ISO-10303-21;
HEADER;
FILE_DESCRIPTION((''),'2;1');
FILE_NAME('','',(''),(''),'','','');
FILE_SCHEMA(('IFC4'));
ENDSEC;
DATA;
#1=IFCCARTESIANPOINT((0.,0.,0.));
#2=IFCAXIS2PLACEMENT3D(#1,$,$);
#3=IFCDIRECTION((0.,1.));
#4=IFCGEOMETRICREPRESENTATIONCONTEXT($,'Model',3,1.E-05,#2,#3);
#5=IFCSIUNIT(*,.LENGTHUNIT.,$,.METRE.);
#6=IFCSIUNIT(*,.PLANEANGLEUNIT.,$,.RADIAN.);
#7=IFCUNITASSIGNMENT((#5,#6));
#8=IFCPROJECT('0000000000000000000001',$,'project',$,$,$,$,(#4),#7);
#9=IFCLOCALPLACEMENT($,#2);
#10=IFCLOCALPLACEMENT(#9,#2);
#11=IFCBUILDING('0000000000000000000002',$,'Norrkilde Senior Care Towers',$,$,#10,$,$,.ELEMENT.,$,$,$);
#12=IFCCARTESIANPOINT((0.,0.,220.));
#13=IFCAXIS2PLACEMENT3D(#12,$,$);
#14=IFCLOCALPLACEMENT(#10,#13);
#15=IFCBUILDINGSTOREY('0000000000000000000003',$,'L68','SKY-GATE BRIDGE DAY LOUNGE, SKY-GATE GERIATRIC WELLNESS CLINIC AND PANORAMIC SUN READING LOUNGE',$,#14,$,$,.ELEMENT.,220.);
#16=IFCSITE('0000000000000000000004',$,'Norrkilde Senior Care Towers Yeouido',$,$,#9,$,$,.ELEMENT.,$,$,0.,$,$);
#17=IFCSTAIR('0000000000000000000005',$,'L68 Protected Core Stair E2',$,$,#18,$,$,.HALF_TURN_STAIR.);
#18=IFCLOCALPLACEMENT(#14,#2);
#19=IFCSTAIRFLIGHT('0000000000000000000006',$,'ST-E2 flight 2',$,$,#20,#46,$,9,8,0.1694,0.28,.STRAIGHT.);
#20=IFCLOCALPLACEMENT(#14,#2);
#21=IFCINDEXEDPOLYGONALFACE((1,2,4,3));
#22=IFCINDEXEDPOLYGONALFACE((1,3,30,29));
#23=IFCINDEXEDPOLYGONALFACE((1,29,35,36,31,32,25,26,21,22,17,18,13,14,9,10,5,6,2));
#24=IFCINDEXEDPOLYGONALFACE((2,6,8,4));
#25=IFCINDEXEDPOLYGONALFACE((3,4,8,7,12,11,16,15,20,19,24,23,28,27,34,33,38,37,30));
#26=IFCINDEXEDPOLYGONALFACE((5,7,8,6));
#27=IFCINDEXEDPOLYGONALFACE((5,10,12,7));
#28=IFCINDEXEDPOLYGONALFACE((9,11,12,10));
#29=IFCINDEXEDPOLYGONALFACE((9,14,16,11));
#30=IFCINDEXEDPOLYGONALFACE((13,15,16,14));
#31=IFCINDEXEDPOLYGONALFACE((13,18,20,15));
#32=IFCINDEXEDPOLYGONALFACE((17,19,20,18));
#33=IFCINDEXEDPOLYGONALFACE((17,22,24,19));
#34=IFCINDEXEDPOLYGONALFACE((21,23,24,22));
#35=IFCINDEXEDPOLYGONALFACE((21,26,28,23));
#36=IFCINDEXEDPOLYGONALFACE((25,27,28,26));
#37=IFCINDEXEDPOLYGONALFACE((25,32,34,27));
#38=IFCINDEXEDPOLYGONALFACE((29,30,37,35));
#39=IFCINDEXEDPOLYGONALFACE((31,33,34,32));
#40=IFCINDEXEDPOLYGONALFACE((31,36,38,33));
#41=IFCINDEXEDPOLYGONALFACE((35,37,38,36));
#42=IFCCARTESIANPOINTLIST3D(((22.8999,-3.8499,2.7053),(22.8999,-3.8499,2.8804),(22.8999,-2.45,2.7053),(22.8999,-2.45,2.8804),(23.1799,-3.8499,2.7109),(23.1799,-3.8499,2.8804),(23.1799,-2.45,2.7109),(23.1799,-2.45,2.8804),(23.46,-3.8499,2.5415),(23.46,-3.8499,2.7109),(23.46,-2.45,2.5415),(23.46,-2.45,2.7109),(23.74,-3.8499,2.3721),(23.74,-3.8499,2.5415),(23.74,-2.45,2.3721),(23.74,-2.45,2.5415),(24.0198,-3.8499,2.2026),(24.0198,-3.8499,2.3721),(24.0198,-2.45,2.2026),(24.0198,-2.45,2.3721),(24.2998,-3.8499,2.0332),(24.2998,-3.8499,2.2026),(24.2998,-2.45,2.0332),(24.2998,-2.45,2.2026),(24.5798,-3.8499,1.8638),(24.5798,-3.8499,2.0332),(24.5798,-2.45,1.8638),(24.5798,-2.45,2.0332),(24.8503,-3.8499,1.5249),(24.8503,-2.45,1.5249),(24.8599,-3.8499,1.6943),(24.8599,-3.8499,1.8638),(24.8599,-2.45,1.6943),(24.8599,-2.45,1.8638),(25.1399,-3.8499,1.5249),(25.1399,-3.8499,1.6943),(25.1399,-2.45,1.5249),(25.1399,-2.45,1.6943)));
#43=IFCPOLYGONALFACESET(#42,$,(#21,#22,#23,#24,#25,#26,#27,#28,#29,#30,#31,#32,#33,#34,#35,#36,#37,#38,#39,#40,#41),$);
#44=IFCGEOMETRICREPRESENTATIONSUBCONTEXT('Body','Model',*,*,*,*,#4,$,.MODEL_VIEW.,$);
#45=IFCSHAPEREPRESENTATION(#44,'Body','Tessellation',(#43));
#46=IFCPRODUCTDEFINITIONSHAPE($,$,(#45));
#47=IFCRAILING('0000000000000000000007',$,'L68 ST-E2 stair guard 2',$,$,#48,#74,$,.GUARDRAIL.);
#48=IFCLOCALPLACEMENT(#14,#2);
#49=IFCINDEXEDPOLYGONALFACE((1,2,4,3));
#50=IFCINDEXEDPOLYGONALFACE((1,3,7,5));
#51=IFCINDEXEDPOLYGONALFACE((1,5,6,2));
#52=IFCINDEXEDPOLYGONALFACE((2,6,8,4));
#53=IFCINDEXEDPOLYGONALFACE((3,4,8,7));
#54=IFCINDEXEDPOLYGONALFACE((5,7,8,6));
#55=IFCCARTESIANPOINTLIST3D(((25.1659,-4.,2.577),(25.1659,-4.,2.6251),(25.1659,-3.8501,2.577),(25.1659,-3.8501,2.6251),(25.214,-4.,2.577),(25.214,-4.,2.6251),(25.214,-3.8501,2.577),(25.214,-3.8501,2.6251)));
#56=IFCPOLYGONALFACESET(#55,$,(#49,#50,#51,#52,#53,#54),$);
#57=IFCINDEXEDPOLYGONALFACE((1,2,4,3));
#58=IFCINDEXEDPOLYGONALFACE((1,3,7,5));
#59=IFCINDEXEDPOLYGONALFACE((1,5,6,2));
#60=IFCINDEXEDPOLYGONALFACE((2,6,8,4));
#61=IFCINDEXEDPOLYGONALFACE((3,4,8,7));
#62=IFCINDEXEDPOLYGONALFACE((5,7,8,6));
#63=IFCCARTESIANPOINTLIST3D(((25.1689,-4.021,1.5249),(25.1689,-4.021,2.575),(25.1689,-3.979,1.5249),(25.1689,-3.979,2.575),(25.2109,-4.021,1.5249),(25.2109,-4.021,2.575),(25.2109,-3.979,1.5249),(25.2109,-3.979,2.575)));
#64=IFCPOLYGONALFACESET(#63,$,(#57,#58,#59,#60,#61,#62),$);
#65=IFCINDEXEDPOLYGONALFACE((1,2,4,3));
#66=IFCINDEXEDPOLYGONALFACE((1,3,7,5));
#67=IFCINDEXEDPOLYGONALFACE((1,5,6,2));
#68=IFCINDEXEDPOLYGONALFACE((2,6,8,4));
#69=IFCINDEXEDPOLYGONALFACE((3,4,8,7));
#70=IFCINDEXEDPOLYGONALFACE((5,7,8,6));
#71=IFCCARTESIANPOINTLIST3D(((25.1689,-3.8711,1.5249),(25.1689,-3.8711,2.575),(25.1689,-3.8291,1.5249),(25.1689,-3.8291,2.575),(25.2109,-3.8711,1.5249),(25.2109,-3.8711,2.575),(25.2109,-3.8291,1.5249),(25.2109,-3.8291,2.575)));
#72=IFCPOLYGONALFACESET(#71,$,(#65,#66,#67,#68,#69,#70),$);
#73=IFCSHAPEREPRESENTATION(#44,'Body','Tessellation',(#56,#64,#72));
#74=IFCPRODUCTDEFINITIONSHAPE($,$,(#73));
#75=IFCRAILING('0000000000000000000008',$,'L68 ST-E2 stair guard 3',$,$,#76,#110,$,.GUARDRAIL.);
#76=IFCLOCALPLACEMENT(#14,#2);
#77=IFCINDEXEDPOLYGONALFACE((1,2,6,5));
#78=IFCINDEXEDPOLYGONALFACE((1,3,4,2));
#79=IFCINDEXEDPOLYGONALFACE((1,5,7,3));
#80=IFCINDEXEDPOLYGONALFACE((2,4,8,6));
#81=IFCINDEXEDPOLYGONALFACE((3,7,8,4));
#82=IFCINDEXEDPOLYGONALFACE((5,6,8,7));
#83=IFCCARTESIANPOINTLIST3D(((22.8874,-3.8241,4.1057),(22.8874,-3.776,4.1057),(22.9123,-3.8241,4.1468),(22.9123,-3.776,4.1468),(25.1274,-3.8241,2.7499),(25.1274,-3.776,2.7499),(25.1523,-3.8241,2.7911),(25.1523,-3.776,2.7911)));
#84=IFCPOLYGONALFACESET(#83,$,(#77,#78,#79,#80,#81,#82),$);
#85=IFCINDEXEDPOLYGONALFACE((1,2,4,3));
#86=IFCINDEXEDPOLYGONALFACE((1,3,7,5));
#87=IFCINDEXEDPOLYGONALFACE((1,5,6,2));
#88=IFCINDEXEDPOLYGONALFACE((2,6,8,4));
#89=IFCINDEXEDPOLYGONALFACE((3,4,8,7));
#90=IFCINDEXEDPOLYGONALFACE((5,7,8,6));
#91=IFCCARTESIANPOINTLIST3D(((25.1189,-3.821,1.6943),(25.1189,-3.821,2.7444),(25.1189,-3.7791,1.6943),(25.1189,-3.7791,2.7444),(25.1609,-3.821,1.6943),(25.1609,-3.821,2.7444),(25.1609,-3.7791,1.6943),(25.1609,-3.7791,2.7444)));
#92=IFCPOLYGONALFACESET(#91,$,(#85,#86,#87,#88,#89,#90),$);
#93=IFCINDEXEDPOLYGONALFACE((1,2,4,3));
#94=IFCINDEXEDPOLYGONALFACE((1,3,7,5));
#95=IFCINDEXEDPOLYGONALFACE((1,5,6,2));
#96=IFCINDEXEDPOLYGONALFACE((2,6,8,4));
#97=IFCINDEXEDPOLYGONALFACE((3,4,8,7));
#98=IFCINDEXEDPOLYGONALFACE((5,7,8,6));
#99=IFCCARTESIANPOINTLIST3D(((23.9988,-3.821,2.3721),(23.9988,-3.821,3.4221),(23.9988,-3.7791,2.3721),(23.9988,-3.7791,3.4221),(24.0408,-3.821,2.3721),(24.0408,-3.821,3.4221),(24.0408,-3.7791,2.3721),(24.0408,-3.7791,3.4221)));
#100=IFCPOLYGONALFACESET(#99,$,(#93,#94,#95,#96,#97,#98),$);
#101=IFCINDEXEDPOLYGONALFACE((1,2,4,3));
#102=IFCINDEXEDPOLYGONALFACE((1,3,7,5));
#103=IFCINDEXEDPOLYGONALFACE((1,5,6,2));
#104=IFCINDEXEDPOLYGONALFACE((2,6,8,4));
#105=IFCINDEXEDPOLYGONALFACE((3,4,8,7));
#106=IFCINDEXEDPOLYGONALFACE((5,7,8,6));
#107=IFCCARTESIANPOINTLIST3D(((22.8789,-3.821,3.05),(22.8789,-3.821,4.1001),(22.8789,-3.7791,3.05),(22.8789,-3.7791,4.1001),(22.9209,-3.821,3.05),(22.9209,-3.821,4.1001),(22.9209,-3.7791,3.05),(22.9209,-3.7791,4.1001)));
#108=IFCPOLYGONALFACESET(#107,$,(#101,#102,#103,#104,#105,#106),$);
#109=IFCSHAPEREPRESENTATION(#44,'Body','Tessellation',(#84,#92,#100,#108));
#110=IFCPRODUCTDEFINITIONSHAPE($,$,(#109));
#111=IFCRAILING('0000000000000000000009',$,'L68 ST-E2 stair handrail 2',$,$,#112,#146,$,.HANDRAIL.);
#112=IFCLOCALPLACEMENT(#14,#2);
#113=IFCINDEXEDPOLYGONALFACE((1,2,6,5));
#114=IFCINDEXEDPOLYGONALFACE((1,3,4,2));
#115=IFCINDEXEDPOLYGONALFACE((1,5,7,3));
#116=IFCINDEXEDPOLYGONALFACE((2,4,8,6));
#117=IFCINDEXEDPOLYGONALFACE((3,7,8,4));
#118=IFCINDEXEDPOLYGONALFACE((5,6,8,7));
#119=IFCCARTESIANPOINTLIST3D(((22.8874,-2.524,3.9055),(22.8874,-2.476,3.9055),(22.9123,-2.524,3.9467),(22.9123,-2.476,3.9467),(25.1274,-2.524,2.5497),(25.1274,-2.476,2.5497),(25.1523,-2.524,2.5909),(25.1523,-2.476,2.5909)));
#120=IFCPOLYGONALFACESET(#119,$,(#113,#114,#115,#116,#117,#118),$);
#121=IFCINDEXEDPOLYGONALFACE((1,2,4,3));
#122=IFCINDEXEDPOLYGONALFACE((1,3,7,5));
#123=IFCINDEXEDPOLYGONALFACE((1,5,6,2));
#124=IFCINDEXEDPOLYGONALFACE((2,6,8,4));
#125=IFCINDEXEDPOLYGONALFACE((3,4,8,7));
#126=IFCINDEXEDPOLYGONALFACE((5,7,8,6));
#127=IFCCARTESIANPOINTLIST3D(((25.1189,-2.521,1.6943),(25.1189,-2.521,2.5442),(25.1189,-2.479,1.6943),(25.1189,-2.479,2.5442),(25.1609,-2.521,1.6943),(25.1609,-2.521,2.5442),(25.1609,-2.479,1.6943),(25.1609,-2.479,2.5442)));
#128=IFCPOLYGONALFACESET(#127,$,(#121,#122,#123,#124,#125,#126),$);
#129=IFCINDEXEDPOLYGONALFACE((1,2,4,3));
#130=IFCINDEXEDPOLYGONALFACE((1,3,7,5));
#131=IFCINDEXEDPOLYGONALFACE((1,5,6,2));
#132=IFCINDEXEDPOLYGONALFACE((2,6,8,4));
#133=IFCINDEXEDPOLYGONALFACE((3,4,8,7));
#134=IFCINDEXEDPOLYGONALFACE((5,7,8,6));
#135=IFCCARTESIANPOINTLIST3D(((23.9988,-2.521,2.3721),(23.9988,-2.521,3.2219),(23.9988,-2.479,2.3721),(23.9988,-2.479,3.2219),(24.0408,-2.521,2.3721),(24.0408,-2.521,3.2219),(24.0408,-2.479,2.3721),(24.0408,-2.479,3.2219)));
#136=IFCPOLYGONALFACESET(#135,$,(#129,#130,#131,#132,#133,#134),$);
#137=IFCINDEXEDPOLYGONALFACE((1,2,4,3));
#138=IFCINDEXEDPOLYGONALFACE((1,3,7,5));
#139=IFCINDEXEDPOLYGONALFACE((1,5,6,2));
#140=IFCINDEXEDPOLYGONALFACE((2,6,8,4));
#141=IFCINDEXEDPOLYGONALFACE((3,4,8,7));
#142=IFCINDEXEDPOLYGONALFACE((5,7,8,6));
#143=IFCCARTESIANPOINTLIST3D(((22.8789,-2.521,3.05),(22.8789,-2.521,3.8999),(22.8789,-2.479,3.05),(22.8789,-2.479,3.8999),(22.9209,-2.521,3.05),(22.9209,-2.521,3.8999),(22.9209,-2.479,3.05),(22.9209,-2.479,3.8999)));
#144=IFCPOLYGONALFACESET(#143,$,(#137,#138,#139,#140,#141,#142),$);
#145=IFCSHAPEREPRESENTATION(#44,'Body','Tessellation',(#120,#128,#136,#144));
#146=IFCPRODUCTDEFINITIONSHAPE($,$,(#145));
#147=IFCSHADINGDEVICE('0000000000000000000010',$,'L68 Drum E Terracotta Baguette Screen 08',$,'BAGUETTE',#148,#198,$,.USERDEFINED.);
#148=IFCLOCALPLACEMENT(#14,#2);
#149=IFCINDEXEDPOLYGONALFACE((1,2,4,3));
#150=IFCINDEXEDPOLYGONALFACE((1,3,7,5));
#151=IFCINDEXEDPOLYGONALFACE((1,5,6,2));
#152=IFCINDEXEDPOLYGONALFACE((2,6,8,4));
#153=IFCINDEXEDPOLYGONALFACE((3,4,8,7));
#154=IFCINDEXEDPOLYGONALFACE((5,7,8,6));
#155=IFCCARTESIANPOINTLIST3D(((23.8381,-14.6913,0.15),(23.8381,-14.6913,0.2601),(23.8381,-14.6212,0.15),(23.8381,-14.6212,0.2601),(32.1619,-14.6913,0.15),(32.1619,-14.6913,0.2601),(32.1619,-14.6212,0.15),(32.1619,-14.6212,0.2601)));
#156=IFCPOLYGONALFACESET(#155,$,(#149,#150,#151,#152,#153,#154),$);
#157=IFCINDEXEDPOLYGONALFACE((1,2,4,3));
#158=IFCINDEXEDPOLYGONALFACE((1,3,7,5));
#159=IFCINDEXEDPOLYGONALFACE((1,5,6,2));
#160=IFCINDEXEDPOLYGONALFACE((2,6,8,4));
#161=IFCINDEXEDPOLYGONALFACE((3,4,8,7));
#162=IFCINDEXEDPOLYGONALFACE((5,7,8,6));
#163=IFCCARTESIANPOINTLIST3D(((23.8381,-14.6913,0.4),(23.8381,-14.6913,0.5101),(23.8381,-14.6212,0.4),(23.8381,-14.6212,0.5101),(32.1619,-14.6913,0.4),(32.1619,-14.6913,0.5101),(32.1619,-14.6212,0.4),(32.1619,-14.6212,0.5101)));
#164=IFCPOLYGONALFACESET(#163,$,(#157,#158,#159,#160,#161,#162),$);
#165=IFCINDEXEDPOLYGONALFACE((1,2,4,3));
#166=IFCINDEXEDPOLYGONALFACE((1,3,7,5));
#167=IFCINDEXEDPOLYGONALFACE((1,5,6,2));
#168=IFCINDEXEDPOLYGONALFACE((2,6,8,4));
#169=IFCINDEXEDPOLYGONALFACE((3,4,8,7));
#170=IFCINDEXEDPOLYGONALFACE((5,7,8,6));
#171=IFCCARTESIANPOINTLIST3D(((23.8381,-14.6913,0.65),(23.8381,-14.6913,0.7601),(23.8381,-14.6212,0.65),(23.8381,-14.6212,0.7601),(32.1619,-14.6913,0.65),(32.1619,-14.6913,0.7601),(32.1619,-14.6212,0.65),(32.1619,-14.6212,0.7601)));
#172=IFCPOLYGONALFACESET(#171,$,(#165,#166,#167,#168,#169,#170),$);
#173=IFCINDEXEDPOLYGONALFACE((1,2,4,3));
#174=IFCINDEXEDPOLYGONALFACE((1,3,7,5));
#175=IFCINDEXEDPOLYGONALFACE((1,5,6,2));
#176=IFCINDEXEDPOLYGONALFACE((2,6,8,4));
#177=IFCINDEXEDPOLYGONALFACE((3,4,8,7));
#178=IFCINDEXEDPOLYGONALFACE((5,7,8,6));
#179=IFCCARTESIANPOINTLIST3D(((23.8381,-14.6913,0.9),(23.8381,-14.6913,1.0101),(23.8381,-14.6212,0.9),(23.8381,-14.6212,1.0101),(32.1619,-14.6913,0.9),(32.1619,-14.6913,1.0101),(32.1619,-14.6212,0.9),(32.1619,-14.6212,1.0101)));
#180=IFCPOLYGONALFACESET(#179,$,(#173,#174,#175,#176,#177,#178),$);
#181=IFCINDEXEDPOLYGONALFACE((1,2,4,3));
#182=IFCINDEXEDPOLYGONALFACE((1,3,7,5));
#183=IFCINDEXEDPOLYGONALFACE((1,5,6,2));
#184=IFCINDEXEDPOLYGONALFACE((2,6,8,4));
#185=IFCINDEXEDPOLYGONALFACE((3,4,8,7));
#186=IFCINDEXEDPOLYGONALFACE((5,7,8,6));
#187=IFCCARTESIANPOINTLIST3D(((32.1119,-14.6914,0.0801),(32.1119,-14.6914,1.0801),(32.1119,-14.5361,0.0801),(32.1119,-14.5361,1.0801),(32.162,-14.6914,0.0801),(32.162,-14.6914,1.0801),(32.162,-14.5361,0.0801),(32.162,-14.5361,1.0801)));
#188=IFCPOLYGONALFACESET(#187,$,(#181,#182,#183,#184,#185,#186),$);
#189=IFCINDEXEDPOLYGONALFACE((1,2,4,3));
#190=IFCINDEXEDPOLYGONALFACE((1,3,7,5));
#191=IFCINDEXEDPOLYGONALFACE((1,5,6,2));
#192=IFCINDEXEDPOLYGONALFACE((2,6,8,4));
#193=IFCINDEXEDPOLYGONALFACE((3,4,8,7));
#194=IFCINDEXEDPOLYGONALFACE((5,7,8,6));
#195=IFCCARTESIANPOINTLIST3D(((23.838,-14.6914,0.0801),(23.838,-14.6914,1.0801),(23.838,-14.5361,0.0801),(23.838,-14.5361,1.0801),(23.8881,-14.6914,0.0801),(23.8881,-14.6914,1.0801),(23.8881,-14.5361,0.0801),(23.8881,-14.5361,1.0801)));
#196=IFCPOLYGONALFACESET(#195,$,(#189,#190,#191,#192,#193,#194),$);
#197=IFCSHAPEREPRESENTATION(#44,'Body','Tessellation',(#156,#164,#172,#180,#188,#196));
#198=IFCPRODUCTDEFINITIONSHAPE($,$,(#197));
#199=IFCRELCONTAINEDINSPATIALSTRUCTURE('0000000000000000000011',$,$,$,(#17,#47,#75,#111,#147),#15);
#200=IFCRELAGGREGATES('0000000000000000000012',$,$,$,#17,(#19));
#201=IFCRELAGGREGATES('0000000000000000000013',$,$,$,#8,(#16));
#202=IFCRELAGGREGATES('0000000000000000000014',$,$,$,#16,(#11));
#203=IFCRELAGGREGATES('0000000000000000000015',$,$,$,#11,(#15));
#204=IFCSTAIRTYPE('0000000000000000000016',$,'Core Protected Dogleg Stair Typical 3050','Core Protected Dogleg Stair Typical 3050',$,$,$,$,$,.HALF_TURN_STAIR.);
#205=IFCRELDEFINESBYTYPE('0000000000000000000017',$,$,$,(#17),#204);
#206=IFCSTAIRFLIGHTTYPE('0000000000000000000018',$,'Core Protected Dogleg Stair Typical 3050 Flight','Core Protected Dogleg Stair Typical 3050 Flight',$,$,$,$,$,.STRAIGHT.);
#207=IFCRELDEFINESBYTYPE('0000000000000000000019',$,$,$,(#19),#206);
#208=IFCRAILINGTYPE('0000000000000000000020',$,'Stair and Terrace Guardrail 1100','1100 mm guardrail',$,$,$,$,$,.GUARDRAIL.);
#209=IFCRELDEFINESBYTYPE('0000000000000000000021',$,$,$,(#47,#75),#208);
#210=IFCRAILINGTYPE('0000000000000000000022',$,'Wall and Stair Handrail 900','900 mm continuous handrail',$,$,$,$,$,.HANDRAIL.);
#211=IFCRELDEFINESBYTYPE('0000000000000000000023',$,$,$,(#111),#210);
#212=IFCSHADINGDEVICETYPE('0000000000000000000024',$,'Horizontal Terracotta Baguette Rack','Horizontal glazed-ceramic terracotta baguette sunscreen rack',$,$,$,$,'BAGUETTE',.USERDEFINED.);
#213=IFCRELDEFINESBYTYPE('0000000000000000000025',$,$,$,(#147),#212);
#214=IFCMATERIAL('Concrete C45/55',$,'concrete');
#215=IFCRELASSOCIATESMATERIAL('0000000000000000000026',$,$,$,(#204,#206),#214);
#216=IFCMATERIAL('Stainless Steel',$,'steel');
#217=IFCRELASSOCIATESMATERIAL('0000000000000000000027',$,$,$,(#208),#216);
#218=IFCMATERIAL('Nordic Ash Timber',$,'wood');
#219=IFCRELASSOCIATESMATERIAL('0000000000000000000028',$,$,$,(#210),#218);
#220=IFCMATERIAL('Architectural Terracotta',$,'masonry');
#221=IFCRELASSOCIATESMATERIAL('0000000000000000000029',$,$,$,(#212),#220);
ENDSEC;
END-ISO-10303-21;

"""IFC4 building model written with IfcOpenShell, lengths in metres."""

from ifc_helpers import new_model, si_unit, direction, frame, origin, origin_2d, place, context, subcontext, project, spatial, polyline, rectangle, outline, extrude, source, transform, mapped, material, type_object, type_shapes, element, aggregate, save


model = new_model("IFC4")

# Units and contexts
model_context = context("Model", 3, precision=1e-05, world=origin(), true_north=direction((0.0, 1.0)))
body_context = subcontext(model_context, "Body", "Model", "MODEL_VIEW")
ifc_project = project(units=[si_unit("LENGTHUNIT", "METRE"), si_unit("PLANEANGLEUNIT", "RADIAN")], contexts=[model_context])

# Site, building, storey
site_placement = place(None, origin())
site = spatial("IfcSite", under=ifc_project, at=site_placement, Name="Norrkilde Senior Care Towers Yeouido", CompositionType="ELEMENT", RefElevation=0.0)
building_placement = place(site_placement, origin())
building = spatial("IfcBuilding", under=site, at=building_placement, Name="Norrkilde Senior Care Towers", CompositionType="ELEMENT")
storey_placement = place(building_placement, frame((0.0, 0.0, 220.0)))
storey = spatial("IfcBuildingStorey", under=building, at=storey_placement, Name="L68", Description="SKY-GATE BRIDGE DAY LOUNGE, SKY-GATE GERIATRIC WELLNESS CLINIC AND PANORAMIC SUN READING LOUNGE", CompositionType="ELEMENT", Elevation=220.0)

# Shared definitions
ifc_material_1 = material(Name="Concrete C45/55", Category="concrete")

# Shared definitions
ifc_material_2 = material(Name="Stainless Steel", Category="steel")

# Shared definitions
ifc_material_3 = material(Name="Nordic Ash Timber", Category="wood")

# Stair, stair flight
stair_type = type_object("IfcStairType", Name="Core Protected Dogleg Stair Typical 3050", Description="Core Protected Dogleg Stair Typical 3050", PredefinedType="HALF_TURN_STAIR", material=ifc_material_1)
stair_placement = place(storey_placement, origin())
stair = element("IfcStair", 1, at=stair_placement, inside=storey, type_object=stair_type, Name="L68 Protected Core Stair E2", PredefinedType="HALF_TURN_STAIR")
stair_flight_type = type_object("IfcStairFlightType", Name="Core Protected Dogleg Stair Typical 3050 Flight", Description="Core Protected Dogleg Stair Typical 3050 Flight", PredefinedType="STRAIGHT", material=ifc_material_1)
stair_flight_placement = place(storey_placement, frame((25.1399, -3.1499, 1.5249), z_axis=(0.0, 0.0, 1.0), x_axis=(-1.0, 0.0, 0.0)))
stair_flight = element("IfcStairFlight", 2, at=stair_flight_placement, type_object=stair_flight_type, Name="ST-E2 flight 2", NumberOfRisers=9, NumberOfTreads=8, PredefinedType="STRAIGHT", RiserHeight=0.1694, TreadLength=0.28, context=body_context, shape_type="SweptSolid", body=[
    extrude(outline(polyline([(0.0, 0.0), (0.0, 0.1694), (0.28, 0.1694), (0.28, 0.3389), (0.5601, 0.3389), (0.5601, 0.5083), (0.8401, 0.5083), (0.8401, 0.6777), (1.1201, 0.6777), (1.1201, 0.8472), (1.3999, 0.8472), (1.3999, 1.0166), (1.6799, 1.0166), (1.6799, 1.186), (1.96, 1.186), (1.96, 1.3555), (2.24, 1.3555), (2.24, 1.5249), (2.24, 1.1804), (0.2896, 0.0), (0.0, 0.0)])), frame((0.0, 0.7, 0.0), z_axis=(0.0, -1.0, 0.0), x_axis=(1.0, 0.0, 0.0)), (0.0, 0.0, 1.0), 1.3999),
])
aggregate(stair, [stair_flight])

# Railings
railing_type_1 = type_object("IfcRailingType", Name="Stair and Terrace Guardrail 1100", Description="1100 mm guardrail", PredefinedType="GUARDRAIL", material=ifc_material_2)
railing_1_placement = place(storey_placement, frame((25.1899, -4.0, 1.5249)))
element("IfcRailing", 3, at=railing_1_placement, inside=storey, type_object=railing_type_1, Name="L68 ST-E2 stair guard 2", PredefinedType="GUARDRAIL", context=body_context, shape_type="SweptSolid", body=[
    extrude(rectangle(XDim=0.0481, YDim=0.0481, at=origin_2d()), frame((0.0, 0.0, 1.0762), z_axis=(0.0, 1.0, 0.0), x_axis=(-1.0, 0.0, 0.0)), (0.0, 0.0, 1.0), 0.1499),
    extrude(rectangle(XDim=0.042, YDim=0.042, at=origin_2d()), origin(), (0.0, 0.0, 1.0), 1.05),
    extrude(rectangle(XDim=0.042, YDim=0.042, at=origin_2d()), frame((0.0, 0.1499, 0.0)), (0.0, 0.0, 1.0), 1.05),
])
railing_2_placement = place(storey_placement, frame((25.1399, -3.8, 1.6943)))
element("IfcRailing", 4, at=railing_2_placement, inside=storey, type_object=railing_type_1, Name="L68 ST-E2 stair guard 3", PredefinedType="GUARDRAIL", context=body_context, shape_type="SweptSolid", body=[
    extrude(rectangle(XDim=0.0481, YDim=0.0481, at=origin_2d()), frame((0.0, 0.0, 1.0762), z_axis=(-0.855512, 0.0, 0.517783), x_axis=(0.0, -1.0, 0.0)), (0.0, 0.0, 1.0), 2.6184),
    extrude(rectangle(XDim=0.042, YDim=0.042, at=origin_2d()), origin(), (0.0, 0.0, 1.0), 1.05),
    extrude(rectangle(XDim=0.042, YDim=0.042, at=origin_2d()), frame((-1.1201, 0.0, 0.6777)), (0.0, 0.0, 1.0), 1.05),
    extrude(rectangle(XDim=0.042, YDim=0.042, at=origin_2d()), frame((-2.24, 0.0, 1.3557)), (0.0, 0.0, 1.0), 1.05),
])
railing_type_2 = type_object("IfcRailingType", Name="Wall and Stair Handrail 900", Description="900 mm continuous handrail", PredefinedType="HANDRAIL", material=ifc_material_3)
railing_3_placement = place(storey_placement, frame((25.1399, -2.5, 1.6943)))
element("IfcRailing", 5, at=railing_3_placement, inside=storey, type_object=railing_type_2, Name="L68 ST-E2 stair handrail 2", PredefinedType="HANDRAIL", context=body_context, shape_type="SweptSolid", body=[
    extrude(rectangle(XDim=0.0481, YDim=0.0481, at=origin_2d()), frame((0.0, 0.0, 0.876), z_axis=(-0.855512, 0.0, 0.517783), x_axis=(0.0, -1.0, 0.0)), (0.0, 0.0, 1.0), 2.6184),
    extrude(rectangle(XDim=0.042, YDim=0.042, at=origin_2d()), origin(), (0.0, 0.0, 1.0), 0.8499),
    extrude(rectangle(XDim=0.042, YDim=0.042, at=origin_2d()), frame((-1.1201, 0.0, 0.6777)), (0.0, 0.0, 1.0), 0.8499),
    extrude(rectangle(XDim=0.042, YDim=0.042, at=origin_2d()), frame((-2.24, 0.0, 1.3557)), (0.0, 0.0, 1.0), 0.8499),
])

# Shading device
ifc_material_4 = material(Name="Architectural Terracotta", Category="masonry")
shading_device_type = type_object("IfcShadingDeviceType", Name="Horizontal Terracotta Baguette Rack", Description="Horizontal glazed-ceramic terracotta baguette sunscreen rack", ElementType="BAGUETTE", PredefinedType="USERDEFINED", material=ifc_material_4)
shared_shape_1 = source(origin(), body_context, "Body", "SweptSolid", [
    extrude(rectangle(XDim=0.0701, YDim=0.1101, at=origin_2d()), frame((0.0, 0.0901, 0.125), z_axis=(1.0, 0.0, 0.0), x_axis=(0.0, 1.0, 0.0)), (0.0, 0.0, 1.0), 8.3237),
    extrude(rectangle(XDim=0.0701, YDim=0.1101, at=origin_2d()), frame((0.0, 0.0901, 0.375), z_axis=(1.0, 0.0, 0.0), x_axis=(0.0, 1.0, 0.0)), (0.0, 0.0, 1.0), 8.3237),
    extrude(rectangle(XDim=0.0701, YDim=0.1101, at=origin_2d()), frame((0.0, 0.0901, 0.625), z_axis=(1.0, 0.0, 0.0), x_axis=(0.0, 1.0, 0.0)), (0.0, 0.0, 1.0), 8.3237),
    extrude(rectangle(XDim=0.0701, YDim=0.1101, at=origin_2d()), frame((0.0, 0.0901, 0.875), z_axis=(1.0, 0.0, 0.0), x_axis=(0.0, 1.0, 0.0)), (0.0, 0.0, 1.0), 8.3237),
    extrude(rectangle(XDim=0.05, YDim=0.1553, at=origin_2d()), frame((0.0249, 0.0476, 0.0)), (0.0, 0.0, 1.0), 1.0),
    extrude(rectangle(XDim=0.05, YDim=0.1553, at=origin_2d()), frame((8.2988, 0.0476, 0.0)), (0.0, 0.0, 1.0), 1.0),
])
type_shapes(shading_device_type, [shared_shape_1])
shading_device_placement = place(storey_placement, frame((32.1619, -14.5662, 0.0801), z_axis=(0.0, 0.0, 1.0), x_axis=(-1.0, 0.0, 0.0)))
element("IfcShadingDevice", 6, at=shading_device_placement, inside=storey, type_object=shading_device_type, Name="L68 Drum E Terracotta Baguette Screen 08", ObjectType="BAGUETTE", PredefinedType="USERDEFINED", context=body_context, shape_type="MappedRepresentation", body=[
    mapped(shared_shape_1, transform((0.0, 0.0, 0.0), x_axis=(1.0, 0.0, 0.0), y_axis=(0.0, 1.0, 0.0), z_axis=(0.0, 0.0, 1.0), scale=1.0)),
])

save(model, "model.ifc")
